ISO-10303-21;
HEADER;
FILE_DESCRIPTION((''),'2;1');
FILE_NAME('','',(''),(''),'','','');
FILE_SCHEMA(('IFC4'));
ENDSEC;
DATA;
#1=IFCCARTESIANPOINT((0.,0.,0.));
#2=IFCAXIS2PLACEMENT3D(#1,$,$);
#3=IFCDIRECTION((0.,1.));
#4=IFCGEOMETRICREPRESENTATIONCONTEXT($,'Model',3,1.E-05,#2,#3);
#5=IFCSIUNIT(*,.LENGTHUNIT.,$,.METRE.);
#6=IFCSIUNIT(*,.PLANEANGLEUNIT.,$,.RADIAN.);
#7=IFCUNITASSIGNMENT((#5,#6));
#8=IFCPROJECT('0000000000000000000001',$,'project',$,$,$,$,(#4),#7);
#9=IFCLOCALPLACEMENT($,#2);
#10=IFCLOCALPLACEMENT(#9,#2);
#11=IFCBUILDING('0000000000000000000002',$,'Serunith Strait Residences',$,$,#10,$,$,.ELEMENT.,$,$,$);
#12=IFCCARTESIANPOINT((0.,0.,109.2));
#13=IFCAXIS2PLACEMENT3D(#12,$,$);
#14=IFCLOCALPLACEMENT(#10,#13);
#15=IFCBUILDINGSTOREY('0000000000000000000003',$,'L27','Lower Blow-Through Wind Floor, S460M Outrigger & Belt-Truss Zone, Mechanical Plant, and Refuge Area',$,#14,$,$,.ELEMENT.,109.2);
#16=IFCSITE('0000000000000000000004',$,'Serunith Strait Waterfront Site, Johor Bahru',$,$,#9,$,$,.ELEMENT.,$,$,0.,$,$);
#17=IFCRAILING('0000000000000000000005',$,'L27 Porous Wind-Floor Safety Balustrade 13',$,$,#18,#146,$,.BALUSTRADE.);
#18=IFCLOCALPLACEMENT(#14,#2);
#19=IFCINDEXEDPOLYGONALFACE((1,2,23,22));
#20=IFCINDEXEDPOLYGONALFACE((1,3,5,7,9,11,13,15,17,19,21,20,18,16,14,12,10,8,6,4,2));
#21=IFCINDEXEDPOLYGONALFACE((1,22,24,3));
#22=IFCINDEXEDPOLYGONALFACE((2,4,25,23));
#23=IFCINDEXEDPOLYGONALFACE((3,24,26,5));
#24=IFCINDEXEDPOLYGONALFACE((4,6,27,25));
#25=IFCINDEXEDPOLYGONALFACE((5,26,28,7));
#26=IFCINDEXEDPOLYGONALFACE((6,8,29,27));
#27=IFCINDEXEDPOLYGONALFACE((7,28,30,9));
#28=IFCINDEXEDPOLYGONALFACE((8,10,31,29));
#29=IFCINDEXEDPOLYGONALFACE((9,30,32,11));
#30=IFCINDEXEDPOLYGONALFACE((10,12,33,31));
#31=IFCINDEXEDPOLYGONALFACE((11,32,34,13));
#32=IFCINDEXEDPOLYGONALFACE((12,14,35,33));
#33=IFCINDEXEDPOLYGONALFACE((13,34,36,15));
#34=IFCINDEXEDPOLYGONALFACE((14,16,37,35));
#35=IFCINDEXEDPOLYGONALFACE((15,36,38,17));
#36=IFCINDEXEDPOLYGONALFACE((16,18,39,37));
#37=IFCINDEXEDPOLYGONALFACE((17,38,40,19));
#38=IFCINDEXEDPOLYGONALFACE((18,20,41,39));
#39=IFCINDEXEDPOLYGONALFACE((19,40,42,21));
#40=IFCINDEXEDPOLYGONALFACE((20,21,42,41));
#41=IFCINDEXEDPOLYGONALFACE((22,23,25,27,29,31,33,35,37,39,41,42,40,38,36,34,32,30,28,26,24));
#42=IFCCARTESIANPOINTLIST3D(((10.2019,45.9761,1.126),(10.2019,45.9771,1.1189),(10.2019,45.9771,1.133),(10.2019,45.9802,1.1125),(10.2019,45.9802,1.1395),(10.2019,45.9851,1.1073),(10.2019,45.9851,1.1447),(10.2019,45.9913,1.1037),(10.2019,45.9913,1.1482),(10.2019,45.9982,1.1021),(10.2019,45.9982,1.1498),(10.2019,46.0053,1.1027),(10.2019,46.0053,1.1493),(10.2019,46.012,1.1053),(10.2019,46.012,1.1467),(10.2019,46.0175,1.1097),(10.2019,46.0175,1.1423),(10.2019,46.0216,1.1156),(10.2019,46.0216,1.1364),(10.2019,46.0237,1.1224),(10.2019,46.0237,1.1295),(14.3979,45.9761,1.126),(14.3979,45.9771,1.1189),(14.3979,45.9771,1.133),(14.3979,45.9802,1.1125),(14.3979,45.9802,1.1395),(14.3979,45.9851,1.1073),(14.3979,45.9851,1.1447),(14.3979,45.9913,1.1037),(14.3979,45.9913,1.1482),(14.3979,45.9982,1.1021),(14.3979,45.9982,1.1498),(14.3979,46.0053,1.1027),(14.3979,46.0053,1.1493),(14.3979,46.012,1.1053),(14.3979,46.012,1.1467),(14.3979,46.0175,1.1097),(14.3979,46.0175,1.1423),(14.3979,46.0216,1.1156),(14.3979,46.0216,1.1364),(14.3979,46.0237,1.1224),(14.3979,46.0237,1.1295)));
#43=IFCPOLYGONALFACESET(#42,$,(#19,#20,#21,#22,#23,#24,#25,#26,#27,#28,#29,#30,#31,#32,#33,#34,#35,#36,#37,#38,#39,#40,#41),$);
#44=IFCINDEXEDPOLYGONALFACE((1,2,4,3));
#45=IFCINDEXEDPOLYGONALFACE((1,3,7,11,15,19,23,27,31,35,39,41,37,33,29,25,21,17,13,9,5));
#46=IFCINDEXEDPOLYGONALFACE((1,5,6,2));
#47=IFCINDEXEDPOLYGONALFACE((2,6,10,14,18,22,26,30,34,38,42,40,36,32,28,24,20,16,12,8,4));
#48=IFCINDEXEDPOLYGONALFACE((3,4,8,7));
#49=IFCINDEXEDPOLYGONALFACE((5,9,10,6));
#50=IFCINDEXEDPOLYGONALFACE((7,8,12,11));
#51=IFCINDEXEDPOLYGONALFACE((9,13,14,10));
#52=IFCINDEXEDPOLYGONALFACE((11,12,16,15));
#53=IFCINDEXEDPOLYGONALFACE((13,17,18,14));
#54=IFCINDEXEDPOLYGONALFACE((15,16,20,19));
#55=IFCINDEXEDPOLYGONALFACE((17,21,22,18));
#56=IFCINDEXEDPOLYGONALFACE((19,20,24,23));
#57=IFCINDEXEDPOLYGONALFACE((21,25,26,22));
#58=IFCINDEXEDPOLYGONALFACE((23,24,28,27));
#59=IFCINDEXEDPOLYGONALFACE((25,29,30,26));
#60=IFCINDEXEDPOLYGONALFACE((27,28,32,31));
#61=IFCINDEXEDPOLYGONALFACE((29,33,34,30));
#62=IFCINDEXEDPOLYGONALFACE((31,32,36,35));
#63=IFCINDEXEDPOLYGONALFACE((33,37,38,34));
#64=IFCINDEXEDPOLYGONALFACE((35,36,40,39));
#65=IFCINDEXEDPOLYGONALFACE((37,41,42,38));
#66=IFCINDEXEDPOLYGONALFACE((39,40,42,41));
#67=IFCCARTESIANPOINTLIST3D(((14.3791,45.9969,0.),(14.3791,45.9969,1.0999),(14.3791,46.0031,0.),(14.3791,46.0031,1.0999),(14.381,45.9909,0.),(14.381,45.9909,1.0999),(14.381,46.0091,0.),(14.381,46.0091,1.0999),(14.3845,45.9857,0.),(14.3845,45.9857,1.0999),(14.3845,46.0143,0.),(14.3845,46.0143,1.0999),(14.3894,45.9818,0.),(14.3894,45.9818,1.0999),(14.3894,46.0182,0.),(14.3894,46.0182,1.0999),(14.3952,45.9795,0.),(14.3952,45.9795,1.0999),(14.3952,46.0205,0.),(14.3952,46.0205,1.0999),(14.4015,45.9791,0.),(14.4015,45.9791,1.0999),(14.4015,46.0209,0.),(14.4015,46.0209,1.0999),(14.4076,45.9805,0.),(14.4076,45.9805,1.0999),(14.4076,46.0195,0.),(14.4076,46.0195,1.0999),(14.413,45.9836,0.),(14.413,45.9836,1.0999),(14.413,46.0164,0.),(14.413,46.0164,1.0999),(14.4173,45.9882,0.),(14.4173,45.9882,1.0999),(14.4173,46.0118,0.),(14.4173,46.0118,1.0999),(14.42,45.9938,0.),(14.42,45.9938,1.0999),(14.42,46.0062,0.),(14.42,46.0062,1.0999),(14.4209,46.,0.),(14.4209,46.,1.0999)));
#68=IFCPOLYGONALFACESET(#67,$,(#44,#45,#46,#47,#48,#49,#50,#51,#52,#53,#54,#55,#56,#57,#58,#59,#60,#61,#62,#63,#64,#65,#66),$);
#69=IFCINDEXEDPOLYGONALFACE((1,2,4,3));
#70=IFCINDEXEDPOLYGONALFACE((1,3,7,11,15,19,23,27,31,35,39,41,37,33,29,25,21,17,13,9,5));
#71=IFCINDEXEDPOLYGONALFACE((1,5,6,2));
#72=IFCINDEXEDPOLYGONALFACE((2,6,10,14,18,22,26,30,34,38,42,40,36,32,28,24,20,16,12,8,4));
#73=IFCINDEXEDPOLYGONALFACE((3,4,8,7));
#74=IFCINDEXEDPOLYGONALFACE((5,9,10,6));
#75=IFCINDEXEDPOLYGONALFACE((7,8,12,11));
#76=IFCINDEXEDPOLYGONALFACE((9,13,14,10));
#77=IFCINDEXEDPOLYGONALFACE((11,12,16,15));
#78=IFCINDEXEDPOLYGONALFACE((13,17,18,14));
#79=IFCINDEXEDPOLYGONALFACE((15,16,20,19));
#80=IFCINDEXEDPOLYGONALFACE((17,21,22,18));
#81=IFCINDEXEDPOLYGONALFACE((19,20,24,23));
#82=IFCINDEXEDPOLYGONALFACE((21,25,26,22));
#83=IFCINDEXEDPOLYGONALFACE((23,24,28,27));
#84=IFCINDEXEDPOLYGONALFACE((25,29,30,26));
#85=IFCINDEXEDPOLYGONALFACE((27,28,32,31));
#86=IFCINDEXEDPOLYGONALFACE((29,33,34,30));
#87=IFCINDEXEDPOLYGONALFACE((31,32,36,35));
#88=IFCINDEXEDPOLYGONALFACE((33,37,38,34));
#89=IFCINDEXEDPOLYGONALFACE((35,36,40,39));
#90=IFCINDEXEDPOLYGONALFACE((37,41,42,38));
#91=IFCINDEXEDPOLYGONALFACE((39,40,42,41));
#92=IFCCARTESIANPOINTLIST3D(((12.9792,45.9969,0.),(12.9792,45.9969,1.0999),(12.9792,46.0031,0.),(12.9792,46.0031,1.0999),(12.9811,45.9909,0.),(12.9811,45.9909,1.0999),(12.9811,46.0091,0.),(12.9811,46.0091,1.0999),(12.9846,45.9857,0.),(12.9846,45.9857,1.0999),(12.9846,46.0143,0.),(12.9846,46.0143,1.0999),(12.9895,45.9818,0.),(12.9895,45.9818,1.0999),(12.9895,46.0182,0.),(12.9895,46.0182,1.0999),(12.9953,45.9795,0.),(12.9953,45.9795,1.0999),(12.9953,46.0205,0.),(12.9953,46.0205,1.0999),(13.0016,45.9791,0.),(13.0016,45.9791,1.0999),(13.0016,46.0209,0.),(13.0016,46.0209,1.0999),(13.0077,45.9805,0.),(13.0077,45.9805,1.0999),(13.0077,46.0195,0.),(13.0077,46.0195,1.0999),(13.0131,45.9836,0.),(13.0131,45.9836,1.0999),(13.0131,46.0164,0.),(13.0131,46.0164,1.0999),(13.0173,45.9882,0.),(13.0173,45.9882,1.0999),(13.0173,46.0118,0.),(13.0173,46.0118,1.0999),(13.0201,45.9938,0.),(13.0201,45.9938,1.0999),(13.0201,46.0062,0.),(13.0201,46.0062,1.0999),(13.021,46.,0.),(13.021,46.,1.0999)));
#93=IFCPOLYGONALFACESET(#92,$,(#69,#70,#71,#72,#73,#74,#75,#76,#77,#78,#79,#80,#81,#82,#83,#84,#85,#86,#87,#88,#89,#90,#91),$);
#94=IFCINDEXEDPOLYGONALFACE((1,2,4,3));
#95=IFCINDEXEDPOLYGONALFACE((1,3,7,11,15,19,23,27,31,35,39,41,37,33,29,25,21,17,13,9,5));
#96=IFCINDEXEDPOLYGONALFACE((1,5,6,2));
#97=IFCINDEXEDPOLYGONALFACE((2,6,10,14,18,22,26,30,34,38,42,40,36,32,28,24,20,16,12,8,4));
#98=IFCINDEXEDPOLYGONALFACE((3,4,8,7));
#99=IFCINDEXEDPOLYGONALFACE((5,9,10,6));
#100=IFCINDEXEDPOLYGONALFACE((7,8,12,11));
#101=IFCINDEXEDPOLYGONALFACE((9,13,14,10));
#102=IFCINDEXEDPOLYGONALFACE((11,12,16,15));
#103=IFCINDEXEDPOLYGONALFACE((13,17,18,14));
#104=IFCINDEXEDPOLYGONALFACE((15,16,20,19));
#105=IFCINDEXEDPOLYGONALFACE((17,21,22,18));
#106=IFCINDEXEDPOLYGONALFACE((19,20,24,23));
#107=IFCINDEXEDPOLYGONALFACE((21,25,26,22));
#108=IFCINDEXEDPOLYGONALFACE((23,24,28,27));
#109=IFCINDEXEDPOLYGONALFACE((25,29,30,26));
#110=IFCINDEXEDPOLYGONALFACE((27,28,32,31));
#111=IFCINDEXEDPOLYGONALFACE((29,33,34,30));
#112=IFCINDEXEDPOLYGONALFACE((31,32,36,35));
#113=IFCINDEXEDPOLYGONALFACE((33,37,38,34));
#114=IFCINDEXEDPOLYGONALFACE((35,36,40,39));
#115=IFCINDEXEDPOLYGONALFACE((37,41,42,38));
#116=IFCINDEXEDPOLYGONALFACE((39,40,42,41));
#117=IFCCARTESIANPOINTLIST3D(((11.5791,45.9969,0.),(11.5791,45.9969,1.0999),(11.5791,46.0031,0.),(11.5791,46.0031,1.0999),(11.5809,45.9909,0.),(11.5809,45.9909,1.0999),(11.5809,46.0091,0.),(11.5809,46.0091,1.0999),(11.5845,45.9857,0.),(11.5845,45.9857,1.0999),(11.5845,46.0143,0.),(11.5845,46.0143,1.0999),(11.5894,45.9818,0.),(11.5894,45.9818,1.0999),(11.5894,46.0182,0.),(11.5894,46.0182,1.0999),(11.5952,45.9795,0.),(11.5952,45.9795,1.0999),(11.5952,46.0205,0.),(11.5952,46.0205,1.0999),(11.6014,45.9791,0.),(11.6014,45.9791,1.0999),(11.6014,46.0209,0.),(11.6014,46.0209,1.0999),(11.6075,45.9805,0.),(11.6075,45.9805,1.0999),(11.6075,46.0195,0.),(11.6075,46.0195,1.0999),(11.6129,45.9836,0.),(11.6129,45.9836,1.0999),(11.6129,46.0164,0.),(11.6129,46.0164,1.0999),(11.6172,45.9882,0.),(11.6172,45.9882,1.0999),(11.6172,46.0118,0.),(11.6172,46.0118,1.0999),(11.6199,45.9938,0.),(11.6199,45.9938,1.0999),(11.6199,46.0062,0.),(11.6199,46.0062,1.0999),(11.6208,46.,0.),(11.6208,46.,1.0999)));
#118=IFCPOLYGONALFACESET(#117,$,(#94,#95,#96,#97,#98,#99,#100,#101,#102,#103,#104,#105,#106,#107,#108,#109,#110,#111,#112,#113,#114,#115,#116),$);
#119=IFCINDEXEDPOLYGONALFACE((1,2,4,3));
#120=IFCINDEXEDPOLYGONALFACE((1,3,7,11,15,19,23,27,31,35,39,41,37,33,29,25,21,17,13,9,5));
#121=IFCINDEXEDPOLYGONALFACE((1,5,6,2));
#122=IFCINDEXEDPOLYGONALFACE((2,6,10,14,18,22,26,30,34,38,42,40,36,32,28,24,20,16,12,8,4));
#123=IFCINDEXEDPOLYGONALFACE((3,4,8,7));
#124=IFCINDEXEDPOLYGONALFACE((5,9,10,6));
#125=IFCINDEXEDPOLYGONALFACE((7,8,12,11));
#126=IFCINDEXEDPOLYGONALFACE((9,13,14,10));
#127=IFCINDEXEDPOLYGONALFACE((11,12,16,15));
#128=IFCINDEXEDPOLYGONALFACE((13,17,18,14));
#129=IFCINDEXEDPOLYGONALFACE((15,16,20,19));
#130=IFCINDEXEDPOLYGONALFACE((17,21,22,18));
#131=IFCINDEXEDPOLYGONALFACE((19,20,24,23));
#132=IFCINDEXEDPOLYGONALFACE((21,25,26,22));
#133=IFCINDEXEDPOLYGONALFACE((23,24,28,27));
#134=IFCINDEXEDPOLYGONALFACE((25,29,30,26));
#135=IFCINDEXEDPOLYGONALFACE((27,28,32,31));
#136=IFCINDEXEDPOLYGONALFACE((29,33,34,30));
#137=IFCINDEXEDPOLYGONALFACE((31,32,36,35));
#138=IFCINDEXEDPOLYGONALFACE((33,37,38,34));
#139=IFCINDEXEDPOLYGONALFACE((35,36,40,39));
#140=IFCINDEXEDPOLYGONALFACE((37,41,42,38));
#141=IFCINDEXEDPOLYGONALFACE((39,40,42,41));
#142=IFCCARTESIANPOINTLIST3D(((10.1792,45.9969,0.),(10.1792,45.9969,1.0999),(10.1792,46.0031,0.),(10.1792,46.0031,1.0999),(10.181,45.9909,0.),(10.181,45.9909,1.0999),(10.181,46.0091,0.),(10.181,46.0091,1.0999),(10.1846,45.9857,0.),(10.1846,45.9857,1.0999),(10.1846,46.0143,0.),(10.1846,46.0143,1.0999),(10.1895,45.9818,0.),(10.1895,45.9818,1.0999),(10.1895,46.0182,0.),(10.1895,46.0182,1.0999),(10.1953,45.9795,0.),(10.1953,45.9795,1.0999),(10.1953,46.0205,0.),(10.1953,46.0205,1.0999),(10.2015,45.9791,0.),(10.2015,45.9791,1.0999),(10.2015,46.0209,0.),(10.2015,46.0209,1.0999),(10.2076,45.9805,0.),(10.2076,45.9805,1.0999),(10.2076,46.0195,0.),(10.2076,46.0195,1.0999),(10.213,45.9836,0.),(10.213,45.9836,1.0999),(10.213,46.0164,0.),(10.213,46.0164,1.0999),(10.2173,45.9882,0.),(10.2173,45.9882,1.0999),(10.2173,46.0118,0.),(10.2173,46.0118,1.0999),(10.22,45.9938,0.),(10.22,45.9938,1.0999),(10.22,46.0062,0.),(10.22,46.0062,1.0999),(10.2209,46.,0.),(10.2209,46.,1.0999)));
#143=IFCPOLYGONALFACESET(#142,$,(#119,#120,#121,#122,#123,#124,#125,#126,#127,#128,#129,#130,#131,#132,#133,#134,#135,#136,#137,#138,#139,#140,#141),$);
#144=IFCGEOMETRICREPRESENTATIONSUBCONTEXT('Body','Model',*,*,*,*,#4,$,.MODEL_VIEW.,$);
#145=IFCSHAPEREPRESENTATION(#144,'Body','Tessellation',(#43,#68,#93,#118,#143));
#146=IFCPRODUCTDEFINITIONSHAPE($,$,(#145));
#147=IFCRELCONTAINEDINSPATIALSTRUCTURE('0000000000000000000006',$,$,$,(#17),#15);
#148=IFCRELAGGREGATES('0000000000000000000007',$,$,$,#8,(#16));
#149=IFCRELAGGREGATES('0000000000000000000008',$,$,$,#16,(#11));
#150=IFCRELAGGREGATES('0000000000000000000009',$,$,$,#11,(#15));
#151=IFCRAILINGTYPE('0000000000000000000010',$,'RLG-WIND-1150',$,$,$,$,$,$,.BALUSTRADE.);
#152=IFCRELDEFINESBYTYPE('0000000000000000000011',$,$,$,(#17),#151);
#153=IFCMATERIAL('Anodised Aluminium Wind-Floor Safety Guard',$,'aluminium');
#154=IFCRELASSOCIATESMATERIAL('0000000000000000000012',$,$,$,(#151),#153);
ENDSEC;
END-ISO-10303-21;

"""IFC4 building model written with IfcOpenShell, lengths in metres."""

from ifc_helpers import new_model, si_unit, direction, frame, origin, origin_2d, place, context, subcontext, project, spatial, circle, extrude, material, type_object, element, save


model = new_model("IFC4")

# Units and contexts
model_context = context("Model", 3, precision=1e-05, world=origin(), true_north=direction((0.0, 1.0)))
body_context = subcontext(model_context, "Body", "Model", "MODEL_VIEW")
ifc_project = project(units=[si_unit("LENGTHUNIT", "METRE"), si_unit("PLANEANGLEUNIT", "RADIAN")], contexts=[model_context])

# Site, building, storey
site_placement = place(None, origin())
site = spatial("IfcSite", under=ifc_project, at=site_placement, Name="Serunith Strait Waterfront Site, Johor Bahru", CompositionType="ELEMENT", RefElevation=0.0)
building_placement = place(site_placement, origin())
building = spatial("IfcBuilding", under=site, at=building_placement, Name="Serunith Strait Residences", CompositionType="ELEMENT")
storey_placement = place(building_placement, frame((0.0, 0.0, 109.2)))
storey = spatial("IfcBuildingStorey", under=building, at=storey_placement, Name="L27", Description="Lower Blow-Through Wind Floor, S460M Outrigger & Belt-Truss Zone, Mechanical Plant, and Refuge Area", CompositionType="ELEMENT", Elevation=109.2)

# Railing
ifc_material_1 = material(Name="Anodised Aluminium Wind-Floor Safety Guard", Category="aluminium")
railing_type = type_object("IfcRailingType", Name="RLG-WIND-1150", PredefinedType="BALUSTRADE", material=ifc_material_1)
railing_1_placement = place(storey_placement, frame((14.3999, 46.0, 0.0)))
element("IfcRailing", 1, at=railing_1_placement, inside=storey, type_object=railing_type, Name="L27 Porous Wind-Floor Safety Balustrade 13", PredefinedType="BALUSTRADE", context=body_context, shape_type="SweptSolid", body=[
    extrude(circle(Radius=0.0239, at=origin_2d()), frame((-0.002, 0.0, 1.126), z_axis=(-1.0, 0.0, 0.0), x_axis=(0.0, -1.0, 0.0)), (0.0, 0.0, 1.0), 4.196),
    extrude(circle(Radius=0.021, at=origin_2d()), origin(), (0.0, 0.0, 1.0), 1.0999),
    extrude(circle(Radius=0.021, at=origin_2d()), frame((-1.3999, 0.0, 0.0)), (0.0, 0.0, 1.0), 1.0999),
    extrude(circle(Radius=0.021, at=origin_2d()), frame((-2.8, 0.0, 0.0)), (0.0, 0.0, 1.0), 1.0999),
    extrude(circle(Radius=0.021, at=origin_2d()), frame((-4.2, 0.0, 0.0)), (0.0, 0.0, 1.0), 1.0999),
])

save(model, "model.ifc")
